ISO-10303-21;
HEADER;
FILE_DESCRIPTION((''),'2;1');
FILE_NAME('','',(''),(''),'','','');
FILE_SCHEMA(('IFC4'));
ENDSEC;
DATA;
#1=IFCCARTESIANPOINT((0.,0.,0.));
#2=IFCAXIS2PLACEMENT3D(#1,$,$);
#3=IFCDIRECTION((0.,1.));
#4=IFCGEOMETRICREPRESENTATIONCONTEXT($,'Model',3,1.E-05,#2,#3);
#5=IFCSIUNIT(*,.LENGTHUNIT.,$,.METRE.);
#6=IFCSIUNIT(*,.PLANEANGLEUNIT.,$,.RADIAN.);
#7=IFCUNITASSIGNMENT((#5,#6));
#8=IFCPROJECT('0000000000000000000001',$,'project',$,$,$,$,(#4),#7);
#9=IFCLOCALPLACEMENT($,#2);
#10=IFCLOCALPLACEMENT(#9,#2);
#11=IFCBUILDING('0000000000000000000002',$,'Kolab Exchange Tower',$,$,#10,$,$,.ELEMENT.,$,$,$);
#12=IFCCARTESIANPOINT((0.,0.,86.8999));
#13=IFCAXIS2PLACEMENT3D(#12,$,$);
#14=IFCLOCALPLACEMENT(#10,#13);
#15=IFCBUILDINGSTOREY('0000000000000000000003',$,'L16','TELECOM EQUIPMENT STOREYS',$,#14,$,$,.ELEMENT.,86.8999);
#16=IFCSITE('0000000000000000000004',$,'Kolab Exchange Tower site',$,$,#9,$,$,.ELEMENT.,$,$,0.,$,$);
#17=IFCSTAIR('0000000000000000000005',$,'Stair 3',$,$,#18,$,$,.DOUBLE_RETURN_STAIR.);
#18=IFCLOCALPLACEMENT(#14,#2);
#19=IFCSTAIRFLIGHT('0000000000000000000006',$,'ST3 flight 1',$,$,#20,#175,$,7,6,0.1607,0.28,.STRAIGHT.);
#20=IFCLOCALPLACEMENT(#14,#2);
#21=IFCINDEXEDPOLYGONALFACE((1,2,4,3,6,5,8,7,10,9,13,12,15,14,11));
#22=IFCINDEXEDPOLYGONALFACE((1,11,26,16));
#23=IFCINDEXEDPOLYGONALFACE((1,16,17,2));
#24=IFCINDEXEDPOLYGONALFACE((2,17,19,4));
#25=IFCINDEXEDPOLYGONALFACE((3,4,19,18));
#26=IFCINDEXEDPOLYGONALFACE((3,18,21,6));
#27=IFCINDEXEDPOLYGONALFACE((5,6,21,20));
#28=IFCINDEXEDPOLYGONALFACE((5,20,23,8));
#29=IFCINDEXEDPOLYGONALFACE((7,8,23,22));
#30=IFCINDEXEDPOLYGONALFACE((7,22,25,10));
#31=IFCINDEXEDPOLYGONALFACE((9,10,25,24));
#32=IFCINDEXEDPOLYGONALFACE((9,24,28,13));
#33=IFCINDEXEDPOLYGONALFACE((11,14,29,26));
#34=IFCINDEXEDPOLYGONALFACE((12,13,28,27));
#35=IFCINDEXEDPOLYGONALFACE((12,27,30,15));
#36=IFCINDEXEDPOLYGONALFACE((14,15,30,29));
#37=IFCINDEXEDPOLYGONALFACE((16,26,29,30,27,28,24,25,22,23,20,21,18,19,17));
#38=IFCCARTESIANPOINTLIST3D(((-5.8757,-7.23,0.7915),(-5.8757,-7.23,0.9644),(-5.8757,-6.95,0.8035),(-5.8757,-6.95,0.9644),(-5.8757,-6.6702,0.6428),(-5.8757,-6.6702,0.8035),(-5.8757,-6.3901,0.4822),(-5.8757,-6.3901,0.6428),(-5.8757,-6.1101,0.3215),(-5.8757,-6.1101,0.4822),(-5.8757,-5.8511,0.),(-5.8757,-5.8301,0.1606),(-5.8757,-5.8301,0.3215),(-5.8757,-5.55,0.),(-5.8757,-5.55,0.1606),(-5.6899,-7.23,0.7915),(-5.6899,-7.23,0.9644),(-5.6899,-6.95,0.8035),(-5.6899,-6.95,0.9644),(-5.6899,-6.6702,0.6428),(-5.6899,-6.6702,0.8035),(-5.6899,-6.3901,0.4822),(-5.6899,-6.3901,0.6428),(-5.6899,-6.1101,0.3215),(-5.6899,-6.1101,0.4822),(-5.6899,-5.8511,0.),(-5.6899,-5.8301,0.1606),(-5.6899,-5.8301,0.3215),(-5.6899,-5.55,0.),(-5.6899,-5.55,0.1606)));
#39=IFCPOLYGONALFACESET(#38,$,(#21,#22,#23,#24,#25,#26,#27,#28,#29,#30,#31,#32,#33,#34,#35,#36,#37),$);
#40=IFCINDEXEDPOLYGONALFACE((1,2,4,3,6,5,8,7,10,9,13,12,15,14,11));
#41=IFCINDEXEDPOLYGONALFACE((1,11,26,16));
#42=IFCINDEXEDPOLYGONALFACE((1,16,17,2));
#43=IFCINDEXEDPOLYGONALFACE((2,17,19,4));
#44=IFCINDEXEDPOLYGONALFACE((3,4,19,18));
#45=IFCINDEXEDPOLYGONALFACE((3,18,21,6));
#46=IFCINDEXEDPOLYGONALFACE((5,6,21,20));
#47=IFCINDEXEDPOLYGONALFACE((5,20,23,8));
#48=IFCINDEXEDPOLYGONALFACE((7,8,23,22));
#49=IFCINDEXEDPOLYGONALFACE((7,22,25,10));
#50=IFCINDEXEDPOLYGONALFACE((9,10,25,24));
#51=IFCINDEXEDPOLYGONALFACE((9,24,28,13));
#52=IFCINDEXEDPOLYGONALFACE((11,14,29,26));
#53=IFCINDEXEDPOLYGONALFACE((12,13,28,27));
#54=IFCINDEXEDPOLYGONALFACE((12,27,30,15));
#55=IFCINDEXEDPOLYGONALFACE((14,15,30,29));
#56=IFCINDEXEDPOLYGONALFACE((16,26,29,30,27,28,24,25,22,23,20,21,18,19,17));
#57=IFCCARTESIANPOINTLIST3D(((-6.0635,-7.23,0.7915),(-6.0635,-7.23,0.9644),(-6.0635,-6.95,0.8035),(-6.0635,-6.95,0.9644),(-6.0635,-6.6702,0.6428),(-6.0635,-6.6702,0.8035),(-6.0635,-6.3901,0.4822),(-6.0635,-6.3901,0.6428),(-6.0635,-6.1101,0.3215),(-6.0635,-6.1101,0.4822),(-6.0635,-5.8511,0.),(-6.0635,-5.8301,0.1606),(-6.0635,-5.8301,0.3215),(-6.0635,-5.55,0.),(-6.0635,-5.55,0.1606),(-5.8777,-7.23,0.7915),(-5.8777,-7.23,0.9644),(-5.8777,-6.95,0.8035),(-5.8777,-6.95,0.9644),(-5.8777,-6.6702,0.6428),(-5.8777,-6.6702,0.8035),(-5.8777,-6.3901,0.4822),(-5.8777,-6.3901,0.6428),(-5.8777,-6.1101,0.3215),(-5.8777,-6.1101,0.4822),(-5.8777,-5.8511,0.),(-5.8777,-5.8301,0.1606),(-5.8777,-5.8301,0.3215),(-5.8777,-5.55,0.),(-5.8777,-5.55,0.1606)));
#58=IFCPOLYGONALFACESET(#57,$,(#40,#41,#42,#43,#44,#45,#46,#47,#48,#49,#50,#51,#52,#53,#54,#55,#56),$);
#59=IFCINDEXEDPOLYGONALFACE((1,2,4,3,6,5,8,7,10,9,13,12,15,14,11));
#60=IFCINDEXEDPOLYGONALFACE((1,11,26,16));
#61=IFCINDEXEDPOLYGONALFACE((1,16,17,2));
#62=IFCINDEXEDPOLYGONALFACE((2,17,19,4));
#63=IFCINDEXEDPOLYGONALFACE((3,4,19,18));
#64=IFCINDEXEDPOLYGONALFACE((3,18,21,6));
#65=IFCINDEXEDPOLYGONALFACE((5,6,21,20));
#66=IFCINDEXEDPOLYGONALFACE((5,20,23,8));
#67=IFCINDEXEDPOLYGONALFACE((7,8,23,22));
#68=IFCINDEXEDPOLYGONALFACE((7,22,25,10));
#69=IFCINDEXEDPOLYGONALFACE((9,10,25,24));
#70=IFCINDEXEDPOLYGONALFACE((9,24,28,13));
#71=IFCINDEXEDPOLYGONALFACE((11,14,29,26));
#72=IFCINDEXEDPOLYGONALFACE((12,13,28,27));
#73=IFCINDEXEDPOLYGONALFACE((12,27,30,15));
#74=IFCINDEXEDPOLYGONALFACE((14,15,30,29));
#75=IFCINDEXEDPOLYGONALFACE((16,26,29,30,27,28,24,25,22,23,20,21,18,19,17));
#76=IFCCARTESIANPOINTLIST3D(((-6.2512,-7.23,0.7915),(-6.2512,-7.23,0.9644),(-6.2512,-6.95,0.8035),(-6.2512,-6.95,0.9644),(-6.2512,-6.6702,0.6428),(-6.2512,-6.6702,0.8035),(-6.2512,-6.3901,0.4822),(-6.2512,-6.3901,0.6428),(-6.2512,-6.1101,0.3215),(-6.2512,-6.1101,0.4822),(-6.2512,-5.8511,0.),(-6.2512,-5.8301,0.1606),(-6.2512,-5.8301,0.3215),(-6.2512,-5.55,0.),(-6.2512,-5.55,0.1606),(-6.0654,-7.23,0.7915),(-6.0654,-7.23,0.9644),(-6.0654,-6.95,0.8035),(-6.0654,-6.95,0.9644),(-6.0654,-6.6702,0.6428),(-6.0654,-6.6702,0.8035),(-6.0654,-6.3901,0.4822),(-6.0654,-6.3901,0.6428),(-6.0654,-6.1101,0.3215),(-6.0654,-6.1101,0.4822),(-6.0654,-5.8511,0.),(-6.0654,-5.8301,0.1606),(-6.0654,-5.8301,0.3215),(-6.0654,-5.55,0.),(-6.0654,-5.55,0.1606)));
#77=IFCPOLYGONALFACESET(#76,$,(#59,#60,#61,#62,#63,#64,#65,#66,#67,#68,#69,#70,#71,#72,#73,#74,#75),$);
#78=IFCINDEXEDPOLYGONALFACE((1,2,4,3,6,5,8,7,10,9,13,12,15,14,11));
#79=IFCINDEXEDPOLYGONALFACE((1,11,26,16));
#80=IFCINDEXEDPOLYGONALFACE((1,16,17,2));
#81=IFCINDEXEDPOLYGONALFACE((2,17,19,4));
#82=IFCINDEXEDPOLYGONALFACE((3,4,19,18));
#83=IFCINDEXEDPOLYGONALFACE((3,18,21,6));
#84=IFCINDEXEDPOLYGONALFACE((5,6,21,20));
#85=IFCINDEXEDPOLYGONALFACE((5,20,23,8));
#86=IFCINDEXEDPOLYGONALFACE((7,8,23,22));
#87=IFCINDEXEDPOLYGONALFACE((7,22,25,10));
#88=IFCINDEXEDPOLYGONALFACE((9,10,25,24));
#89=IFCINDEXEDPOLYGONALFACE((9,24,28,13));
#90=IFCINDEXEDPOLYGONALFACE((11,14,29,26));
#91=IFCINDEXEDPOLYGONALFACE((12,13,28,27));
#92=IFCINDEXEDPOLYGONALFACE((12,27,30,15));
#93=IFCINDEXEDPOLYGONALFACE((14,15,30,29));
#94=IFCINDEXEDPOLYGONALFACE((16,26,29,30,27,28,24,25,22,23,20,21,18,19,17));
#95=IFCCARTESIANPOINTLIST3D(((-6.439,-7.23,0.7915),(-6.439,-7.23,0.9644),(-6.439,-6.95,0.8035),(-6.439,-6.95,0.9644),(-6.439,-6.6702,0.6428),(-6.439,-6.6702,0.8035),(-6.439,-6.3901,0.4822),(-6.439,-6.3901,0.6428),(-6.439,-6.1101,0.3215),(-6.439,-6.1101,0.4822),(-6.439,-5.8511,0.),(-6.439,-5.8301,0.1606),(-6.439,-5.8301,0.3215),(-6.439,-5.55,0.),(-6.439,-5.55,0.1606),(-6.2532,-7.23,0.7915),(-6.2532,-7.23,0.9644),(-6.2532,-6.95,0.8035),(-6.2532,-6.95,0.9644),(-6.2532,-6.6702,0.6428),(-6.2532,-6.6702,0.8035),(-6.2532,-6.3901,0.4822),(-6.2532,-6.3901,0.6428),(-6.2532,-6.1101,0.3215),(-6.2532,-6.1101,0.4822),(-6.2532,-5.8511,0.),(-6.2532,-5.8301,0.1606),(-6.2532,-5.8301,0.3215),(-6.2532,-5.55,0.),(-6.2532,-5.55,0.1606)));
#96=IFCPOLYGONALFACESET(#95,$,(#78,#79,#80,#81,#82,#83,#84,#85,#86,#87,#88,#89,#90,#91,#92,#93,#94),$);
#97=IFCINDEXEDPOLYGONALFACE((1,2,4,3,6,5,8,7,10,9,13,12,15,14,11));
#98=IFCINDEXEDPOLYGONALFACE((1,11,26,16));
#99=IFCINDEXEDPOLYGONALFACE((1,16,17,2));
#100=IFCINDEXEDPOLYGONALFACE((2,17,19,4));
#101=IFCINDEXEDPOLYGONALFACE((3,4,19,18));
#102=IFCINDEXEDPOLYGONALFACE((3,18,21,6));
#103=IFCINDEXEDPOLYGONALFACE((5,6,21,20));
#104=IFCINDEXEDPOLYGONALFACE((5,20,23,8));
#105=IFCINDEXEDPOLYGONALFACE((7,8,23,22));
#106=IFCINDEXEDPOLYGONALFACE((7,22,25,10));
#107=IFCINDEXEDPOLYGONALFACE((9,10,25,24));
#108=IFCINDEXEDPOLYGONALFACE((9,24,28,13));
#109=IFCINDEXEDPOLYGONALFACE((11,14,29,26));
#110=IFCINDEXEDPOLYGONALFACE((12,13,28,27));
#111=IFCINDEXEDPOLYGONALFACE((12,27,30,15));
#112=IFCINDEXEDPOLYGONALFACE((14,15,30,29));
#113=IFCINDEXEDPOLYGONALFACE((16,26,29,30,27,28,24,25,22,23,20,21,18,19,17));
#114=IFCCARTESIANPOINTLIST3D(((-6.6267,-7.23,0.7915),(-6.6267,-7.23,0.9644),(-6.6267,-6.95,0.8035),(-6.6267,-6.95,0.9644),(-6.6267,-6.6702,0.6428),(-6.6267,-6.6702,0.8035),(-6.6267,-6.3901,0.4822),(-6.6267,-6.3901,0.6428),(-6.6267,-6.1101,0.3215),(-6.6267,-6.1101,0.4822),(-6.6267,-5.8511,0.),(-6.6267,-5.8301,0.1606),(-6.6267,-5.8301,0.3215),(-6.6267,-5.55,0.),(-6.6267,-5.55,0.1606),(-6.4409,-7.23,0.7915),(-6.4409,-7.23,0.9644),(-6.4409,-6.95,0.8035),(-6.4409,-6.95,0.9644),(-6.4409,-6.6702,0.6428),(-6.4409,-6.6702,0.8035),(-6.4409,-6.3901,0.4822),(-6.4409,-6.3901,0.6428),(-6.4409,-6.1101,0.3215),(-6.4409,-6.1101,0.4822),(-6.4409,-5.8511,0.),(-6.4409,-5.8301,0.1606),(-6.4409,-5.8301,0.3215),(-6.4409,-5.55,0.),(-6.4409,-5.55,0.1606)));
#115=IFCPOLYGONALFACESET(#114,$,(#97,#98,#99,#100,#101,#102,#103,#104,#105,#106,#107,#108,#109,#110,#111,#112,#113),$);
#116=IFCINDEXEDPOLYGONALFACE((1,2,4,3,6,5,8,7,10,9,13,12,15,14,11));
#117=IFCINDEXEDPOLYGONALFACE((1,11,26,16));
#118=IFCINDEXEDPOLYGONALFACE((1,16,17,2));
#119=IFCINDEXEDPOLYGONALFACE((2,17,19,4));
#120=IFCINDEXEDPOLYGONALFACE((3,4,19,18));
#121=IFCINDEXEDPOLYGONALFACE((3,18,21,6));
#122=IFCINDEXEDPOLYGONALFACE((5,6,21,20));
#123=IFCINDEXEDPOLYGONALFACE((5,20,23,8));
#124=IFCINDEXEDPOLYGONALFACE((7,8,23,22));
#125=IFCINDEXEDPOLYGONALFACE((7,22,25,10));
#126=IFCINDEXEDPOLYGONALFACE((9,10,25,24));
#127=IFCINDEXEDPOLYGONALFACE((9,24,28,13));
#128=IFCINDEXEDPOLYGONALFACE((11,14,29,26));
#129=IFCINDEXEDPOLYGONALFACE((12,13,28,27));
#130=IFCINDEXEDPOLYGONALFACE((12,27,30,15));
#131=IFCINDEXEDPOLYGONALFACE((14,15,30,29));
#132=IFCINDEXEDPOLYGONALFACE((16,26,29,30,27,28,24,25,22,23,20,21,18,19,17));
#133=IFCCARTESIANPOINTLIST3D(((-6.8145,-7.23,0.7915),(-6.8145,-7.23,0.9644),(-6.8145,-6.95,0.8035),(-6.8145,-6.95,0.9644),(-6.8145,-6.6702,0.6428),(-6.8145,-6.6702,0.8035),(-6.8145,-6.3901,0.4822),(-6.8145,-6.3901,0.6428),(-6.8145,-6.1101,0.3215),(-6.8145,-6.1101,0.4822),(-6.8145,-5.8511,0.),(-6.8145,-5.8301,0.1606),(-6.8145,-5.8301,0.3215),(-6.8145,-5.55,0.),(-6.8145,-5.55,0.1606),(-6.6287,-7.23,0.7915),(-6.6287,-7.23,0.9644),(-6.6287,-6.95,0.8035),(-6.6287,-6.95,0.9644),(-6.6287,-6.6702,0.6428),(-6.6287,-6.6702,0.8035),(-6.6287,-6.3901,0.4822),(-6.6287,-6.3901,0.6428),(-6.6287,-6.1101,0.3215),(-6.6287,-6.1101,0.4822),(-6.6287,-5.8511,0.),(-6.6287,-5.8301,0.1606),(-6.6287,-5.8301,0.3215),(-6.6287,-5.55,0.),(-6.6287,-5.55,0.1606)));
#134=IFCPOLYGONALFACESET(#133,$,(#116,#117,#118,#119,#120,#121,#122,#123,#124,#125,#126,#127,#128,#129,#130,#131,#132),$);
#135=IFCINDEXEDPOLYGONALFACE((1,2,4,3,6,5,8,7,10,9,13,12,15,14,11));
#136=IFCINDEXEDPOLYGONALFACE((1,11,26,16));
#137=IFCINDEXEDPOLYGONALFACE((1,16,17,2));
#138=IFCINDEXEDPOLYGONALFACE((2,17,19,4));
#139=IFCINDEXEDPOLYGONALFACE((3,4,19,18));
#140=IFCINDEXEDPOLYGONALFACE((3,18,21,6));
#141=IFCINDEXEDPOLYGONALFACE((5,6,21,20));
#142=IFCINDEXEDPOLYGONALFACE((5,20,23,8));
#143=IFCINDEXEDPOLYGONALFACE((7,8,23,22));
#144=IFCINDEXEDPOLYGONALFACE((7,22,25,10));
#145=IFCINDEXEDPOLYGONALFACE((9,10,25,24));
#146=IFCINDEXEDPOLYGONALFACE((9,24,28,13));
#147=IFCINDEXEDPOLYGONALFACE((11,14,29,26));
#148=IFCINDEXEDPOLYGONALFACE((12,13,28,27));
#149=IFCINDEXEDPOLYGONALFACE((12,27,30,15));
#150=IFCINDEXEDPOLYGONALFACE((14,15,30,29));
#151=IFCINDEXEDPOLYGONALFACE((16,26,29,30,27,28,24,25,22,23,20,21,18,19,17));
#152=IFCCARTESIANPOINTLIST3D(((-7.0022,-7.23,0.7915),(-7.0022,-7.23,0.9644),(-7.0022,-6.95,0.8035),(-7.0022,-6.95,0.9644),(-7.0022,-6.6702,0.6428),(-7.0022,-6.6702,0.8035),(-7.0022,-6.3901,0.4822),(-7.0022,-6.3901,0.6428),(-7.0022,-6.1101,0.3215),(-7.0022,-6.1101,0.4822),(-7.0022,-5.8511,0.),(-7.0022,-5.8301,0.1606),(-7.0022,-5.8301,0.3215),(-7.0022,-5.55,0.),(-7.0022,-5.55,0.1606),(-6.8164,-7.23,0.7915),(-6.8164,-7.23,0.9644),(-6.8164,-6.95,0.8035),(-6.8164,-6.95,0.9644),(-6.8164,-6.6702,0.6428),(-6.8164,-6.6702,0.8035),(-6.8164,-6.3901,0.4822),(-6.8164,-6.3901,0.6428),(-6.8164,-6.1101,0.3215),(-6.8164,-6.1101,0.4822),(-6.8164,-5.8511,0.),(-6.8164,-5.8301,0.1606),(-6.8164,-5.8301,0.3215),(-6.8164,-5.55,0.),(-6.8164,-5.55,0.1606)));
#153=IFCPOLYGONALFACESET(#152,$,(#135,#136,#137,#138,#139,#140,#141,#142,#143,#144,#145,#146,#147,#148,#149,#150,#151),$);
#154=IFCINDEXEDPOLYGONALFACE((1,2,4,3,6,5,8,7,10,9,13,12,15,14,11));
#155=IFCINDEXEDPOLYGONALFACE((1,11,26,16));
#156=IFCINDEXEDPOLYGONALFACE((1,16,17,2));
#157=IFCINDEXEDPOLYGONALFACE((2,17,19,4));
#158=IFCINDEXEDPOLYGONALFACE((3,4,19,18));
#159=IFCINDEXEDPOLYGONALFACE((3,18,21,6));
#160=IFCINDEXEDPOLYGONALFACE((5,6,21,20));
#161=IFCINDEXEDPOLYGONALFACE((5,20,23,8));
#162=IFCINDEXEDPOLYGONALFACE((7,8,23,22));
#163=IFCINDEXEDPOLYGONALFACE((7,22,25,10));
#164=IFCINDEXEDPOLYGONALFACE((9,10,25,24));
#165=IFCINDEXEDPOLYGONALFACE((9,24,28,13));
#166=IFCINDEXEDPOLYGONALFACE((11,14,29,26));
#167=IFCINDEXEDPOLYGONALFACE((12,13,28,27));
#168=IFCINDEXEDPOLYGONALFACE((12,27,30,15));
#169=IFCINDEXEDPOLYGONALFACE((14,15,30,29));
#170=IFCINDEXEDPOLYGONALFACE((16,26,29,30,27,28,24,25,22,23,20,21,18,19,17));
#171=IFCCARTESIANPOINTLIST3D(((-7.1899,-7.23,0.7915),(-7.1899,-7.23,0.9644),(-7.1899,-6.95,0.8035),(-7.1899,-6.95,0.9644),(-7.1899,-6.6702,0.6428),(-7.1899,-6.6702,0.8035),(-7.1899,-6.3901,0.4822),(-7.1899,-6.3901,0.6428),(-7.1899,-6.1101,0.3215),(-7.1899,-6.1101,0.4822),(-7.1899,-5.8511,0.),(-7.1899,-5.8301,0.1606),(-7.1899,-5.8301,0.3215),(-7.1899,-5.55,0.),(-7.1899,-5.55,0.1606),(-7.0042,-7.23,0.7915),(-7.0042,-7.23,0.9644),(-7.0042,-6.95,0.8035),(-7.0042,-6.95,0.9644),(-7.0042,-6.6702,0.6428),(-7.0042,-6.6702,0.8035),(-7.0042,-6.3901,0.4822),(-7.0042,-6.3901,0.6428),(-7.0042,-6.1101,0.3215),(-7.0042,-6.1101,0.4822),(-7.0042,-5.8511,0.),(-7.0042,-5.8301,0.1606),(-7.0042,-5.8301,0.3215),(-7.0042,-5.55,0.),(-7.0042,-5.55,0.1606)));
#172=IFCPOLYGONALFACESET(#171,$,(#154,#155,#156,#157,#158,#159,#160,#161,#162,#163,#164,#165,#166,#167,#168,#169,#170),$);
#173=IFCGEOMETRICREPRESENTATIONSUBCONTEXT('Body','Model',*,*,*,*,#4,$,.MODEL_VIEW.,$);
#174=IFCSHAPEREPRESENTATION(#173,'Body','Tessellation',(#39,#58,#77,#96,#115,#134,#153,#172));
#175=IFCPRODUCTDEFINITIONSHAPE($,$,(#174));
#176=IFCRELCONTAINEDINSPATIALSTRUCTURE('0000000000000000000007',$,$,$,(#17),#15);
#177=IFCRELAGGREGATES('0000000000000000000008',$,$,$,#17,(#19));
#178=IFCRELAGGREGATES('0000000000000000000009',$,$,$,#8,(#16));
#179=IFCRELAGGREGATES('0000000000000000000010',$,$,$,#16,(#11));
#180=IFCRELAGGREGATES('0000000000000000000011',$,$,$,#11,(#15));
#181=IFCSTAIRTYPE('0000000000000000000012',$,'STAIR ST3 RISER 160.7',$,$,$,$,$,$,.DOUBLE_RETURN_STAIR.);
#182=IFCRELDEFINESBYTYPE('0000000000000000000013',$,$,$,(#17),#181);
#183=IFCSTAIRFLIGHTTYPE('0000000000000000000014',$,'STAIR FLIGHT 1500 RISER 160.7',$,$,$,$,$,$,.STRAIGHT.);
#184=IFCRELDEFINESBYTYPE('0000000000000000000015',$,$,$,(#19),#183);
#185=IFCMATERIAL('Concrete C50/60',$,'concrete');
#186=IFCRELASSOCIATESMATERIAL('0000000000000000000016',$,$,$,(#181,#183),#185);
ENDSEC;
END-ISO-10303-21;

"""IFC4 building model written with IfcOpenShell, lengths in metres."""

from ifc_helpers import new_model, si_unit, direction, frame, origin, place, context, subcontext, project, spatial, polyline, outline, extrude, material, type_object, element, aggregate, save


model = new_model("IFC4")

# Units and contexts
model_context = context("Model", 3, precision=1e-05, world=origin(), true_north=direction((0.0, 1.0)))
body_context = subcontext(model_context, "Body", "Model", "MODEL_VIEW")
ifc_project = project(units=[si_unit("LENGTHUNIT", "METRE"), si_unit("PLANEANGLEUNIT", "RADIAN")], contexts=[model_context])

# Site, building, storey
site_placement = place(None, origin())
site = spatial("IfcSite", under=ifc_project, at=site_placement, Name="Kolab Exchange Tower site", CompositionType="ELEMENT", RefElevation=0.0)
building_placement = place(site_placement, origin())
building = spatial("IfcBuilding", under=site, at=building_placement, Name="Kolab Exchange Tower", CompositionType="ELEMENT")
storey_placement = place(building_placement, frame((0.0, 0.0, 86.8999)))
storey = spatial("IfcBuildingStorey", under=building, at=storey_placement, Name="L16", Description="TELECOM EQUIPMENT STOREYS", CompositionType="ELEMENT", Elevation=86.8999)

# Shared definitions
ifc_material_1 = material(Name="Concrete C50/60", Category="concrete")

# Stair, stair flight
stair_type = type_object("IfcStairType", Name="STAIR ST3 RISER 160.7", PredefinedType="DOUBLE_RETURN_STAIR", material=ifc_material_1)
stair_placement = place(storey_placement, origin())
stair = element("IfcStair", 1, at=stair_placement, inside=storey, type_object=stair_type, Name="Stair 3", PredefinedType="DOUBLE_RETURN_STAIR")
stair_flight_type = type_object("IfcStairFlightType", Name="STAIR FLIGHT 1500 RISER 160.7", PredefinedType="STRAIGHT", material=ifc_material_1)
stair_flight_1_placement = place(storey_placement, frame((-6.4399, -5.55, 0.0), z_axis=(0.0, 0.0, 1.0), x_axis=(0.0, -1.0, 0.0)))
stair_flight_1 = element("IfcStairFlight", 2, at=stair_flight_1_placement, type_object=stair_flight_type, Name="ST3 flight 1", NumberOfRisers=7, NumberOfTreads=6, PredefinedType="STRAIGHT", RiserHeight=0.1607, TreadLength=0.28, context=body_context, shape_type="SweptSolid", body=[
    extrude(outline(polyline([(0.0, 0.0), (0.0, 0.1606), (0.28, 0.1606), (0.28, 0.3215), (0.5601, 0.3215), (0.5601, 0.4822), (0.8401, 0.4822), (0.8401, 0.6428), (1.1201, 0.6428), (1.1201, 0.8035), (1.3999, 0.8035), (1.3999, 0.9644), (1.6799, 0.9644), (1.6799, 1.125), (1.6799, 0.7915), (0.301, 0.0), (0.0, 0.0)])), frame((0.0, 0.75, 0.0), z_axis=(0.0, -1.0, 0.0), x_axis=(1.0, 0.0, 0.0)), (0.0, 0.0, 1.0), 0.1858),
    extrude(outline(polyline([(0.0, 0.0), (0.0, 0.1606), (0.28, 0.1606), (0.28, 0.3215), (0.5601, 0.3215), (0.5601, 0.4822), (0.8401, 0.4822), (0.8401, 0.6428), (1.1201, 0.6428), (1.1201, 0.8035), (1.3999, 0.8035), (1.3999, 0.9644), (1.6799, 0.9644), (1.6799, 1.125), (1.6799, 0.7915), (0.301, 0.0), (0.0, 0.0)])), frame((0.0, 0.5623, 0.0), z_axis=(0.0, -1.0, 0.0), x_axis=(1.0, 0.0, 0.0)), (0.0, 0.0, 1.0), 0.1858),
    extrude(outline(polyline([(0.0, 0.0), (0.0, 0.1606), (0.28, 0.1606), (0.28, 0.3215), (0.5601, 0.3215), (0.5601, 0.4822), (0.8401, 0.4822), (0.8401, 0.6428), (1.1201, 0.6428), (1.1201, 0.8035), (1.3999, 0.8035), (1.3999, 0.9644), (1.6799, 0.9644), (1.6799, 1.125), (1.6799, 0.7915), (0.301, 0.0), (0.0, 0.0)])), frame((0.0, 0.3745, 0.0), z_axis=(0.0, -1.0, 0.0), x_axis=(1.0, 0.0, 0.0)), (0.0, 0.0, 1.0), 0.1858),
    extrude(outline(polyline([(0.0, 0.0), (0.0, 0.1606), (0.28, 0.1606), (0.28, 0.3215), (0.5601, 0.3215), (0.5601, 0.4822), (0.8401, 0.4822), (0.8401, 0.6428), (1.1201, 0.6428), (1.1201, 0.8035), (1.3999, 0.8035), (1.3999, 0.9644), (1.6799, 0.9644), (1.6799, 1.125), (1.6799, 0.7915), (0.301, 0.0), (0.0, 0.0)])), frame((0.0, 0.1868, 0.0), z_axis=(0.0, -1.0, 0.0), x_axis=(1.0, 0.0, 0.0)), (0.0, 0.0, 1.0), 0.1858),
    extrude(outline(polyline([(0.0, 0.0), (0.0, 0.1606), (0.28, 0.1606), (0.28, 0.3215), (0.5601, 0.3215), (0.5601, 0.4822), (0.8401, 0.4822), (0.8401, 0.6428), (1.1201, 0.6428), (1.1201, 0.8035), (1.3999, 0.8035), (1.3999, 0.9644), (1.6799, 0.9644), (1.6799, 1.125), (1.6799, 0.7915), (0.301, 0.0), (0.0, 0.0)])), frame((0.0, -0.001, 0.0), z_axis=(0.0, -1.0, 0.0), x_axis=(1.0, 0.0, 0.0)), (0.0, 0.0, 1.0), 0.1858),
    extrude(outline(polyline([(0.0, 0.0), (0.0, 0.1606), (0.28, 0.1606), (0.28, 0.3215), (0.5601, 0.3215), (0.5601, 0.4822), (0.8401, 0.4822), (0.8401, 0.6428), (1.1201, 0.6428), (1.1201, 0.8035), (1.3999, 0.8035), (1.3999, 0.9644), (1.6799, 0.9644), (1.6799, 1.125), (1.6799, 0.7915), (0.301, 0.0), (0.0, 0.0)])), frame((0.0, -0.1887, 0.0), z_axis=(0.0, -1.0, 0.0), x_axis=(1.0, 0.0, 0.0)), (0.0, 0.0, 1.0), 0.1858),
    extrude(outline(polyline([(0.0, 0.0), (0.0, 0.1606), (0.28, 0.1606), (0.28, 0.3215), (0.5601, 0.3215), (0.5601, 0.4822), (0.8401, 0.4822), (0.8401, 0.6428), (1.1201, 0.6428), (1.1201, 0.8035), (1.3999, 0.8035), (1.3999, 0.9644), (1.6799, 0.9644), (1.6799, 1.125), (1.6799, 0.7915), (0.301, 0.0), (0.0, 0.0)])), frame((0.0, -0.3765, 0.0), z_axis=(0.0, -1.0, 0.0), x_axis=(1.0, 0.0, 0.0)), (0.0, 0.0, 1.0), 0.1858),
    extrude(outline(polyline([(0.0, 0.0), (0.0, 0.1606), (0.28, 0.1606), (0.28, 0.3215), (0.5601, 0.3215), (0.5601, 0.4822), (0.8401, 0.4822), (0.8401, 0.6428), (1.1201, 0.6428), (1.1201, 0.8035), (1.3999, 0.8035), (1.3999, 0.9644), (1.6799, 0.9644), (1.6799, 1.125), (1.6799, 0.7915), (0.301, 0.0), (0.0, 0.0)])), frame((0.0, -0.5642, 0.0), z_axis=(0.0, -1.0, 0.0), x_axis=(1.0, 0.0, 0.0)), (0.0, 0.0, 1.0), 0.1858),
])
aggregate(stair, [stair_flight_1])

save(model, "model.ifc")
